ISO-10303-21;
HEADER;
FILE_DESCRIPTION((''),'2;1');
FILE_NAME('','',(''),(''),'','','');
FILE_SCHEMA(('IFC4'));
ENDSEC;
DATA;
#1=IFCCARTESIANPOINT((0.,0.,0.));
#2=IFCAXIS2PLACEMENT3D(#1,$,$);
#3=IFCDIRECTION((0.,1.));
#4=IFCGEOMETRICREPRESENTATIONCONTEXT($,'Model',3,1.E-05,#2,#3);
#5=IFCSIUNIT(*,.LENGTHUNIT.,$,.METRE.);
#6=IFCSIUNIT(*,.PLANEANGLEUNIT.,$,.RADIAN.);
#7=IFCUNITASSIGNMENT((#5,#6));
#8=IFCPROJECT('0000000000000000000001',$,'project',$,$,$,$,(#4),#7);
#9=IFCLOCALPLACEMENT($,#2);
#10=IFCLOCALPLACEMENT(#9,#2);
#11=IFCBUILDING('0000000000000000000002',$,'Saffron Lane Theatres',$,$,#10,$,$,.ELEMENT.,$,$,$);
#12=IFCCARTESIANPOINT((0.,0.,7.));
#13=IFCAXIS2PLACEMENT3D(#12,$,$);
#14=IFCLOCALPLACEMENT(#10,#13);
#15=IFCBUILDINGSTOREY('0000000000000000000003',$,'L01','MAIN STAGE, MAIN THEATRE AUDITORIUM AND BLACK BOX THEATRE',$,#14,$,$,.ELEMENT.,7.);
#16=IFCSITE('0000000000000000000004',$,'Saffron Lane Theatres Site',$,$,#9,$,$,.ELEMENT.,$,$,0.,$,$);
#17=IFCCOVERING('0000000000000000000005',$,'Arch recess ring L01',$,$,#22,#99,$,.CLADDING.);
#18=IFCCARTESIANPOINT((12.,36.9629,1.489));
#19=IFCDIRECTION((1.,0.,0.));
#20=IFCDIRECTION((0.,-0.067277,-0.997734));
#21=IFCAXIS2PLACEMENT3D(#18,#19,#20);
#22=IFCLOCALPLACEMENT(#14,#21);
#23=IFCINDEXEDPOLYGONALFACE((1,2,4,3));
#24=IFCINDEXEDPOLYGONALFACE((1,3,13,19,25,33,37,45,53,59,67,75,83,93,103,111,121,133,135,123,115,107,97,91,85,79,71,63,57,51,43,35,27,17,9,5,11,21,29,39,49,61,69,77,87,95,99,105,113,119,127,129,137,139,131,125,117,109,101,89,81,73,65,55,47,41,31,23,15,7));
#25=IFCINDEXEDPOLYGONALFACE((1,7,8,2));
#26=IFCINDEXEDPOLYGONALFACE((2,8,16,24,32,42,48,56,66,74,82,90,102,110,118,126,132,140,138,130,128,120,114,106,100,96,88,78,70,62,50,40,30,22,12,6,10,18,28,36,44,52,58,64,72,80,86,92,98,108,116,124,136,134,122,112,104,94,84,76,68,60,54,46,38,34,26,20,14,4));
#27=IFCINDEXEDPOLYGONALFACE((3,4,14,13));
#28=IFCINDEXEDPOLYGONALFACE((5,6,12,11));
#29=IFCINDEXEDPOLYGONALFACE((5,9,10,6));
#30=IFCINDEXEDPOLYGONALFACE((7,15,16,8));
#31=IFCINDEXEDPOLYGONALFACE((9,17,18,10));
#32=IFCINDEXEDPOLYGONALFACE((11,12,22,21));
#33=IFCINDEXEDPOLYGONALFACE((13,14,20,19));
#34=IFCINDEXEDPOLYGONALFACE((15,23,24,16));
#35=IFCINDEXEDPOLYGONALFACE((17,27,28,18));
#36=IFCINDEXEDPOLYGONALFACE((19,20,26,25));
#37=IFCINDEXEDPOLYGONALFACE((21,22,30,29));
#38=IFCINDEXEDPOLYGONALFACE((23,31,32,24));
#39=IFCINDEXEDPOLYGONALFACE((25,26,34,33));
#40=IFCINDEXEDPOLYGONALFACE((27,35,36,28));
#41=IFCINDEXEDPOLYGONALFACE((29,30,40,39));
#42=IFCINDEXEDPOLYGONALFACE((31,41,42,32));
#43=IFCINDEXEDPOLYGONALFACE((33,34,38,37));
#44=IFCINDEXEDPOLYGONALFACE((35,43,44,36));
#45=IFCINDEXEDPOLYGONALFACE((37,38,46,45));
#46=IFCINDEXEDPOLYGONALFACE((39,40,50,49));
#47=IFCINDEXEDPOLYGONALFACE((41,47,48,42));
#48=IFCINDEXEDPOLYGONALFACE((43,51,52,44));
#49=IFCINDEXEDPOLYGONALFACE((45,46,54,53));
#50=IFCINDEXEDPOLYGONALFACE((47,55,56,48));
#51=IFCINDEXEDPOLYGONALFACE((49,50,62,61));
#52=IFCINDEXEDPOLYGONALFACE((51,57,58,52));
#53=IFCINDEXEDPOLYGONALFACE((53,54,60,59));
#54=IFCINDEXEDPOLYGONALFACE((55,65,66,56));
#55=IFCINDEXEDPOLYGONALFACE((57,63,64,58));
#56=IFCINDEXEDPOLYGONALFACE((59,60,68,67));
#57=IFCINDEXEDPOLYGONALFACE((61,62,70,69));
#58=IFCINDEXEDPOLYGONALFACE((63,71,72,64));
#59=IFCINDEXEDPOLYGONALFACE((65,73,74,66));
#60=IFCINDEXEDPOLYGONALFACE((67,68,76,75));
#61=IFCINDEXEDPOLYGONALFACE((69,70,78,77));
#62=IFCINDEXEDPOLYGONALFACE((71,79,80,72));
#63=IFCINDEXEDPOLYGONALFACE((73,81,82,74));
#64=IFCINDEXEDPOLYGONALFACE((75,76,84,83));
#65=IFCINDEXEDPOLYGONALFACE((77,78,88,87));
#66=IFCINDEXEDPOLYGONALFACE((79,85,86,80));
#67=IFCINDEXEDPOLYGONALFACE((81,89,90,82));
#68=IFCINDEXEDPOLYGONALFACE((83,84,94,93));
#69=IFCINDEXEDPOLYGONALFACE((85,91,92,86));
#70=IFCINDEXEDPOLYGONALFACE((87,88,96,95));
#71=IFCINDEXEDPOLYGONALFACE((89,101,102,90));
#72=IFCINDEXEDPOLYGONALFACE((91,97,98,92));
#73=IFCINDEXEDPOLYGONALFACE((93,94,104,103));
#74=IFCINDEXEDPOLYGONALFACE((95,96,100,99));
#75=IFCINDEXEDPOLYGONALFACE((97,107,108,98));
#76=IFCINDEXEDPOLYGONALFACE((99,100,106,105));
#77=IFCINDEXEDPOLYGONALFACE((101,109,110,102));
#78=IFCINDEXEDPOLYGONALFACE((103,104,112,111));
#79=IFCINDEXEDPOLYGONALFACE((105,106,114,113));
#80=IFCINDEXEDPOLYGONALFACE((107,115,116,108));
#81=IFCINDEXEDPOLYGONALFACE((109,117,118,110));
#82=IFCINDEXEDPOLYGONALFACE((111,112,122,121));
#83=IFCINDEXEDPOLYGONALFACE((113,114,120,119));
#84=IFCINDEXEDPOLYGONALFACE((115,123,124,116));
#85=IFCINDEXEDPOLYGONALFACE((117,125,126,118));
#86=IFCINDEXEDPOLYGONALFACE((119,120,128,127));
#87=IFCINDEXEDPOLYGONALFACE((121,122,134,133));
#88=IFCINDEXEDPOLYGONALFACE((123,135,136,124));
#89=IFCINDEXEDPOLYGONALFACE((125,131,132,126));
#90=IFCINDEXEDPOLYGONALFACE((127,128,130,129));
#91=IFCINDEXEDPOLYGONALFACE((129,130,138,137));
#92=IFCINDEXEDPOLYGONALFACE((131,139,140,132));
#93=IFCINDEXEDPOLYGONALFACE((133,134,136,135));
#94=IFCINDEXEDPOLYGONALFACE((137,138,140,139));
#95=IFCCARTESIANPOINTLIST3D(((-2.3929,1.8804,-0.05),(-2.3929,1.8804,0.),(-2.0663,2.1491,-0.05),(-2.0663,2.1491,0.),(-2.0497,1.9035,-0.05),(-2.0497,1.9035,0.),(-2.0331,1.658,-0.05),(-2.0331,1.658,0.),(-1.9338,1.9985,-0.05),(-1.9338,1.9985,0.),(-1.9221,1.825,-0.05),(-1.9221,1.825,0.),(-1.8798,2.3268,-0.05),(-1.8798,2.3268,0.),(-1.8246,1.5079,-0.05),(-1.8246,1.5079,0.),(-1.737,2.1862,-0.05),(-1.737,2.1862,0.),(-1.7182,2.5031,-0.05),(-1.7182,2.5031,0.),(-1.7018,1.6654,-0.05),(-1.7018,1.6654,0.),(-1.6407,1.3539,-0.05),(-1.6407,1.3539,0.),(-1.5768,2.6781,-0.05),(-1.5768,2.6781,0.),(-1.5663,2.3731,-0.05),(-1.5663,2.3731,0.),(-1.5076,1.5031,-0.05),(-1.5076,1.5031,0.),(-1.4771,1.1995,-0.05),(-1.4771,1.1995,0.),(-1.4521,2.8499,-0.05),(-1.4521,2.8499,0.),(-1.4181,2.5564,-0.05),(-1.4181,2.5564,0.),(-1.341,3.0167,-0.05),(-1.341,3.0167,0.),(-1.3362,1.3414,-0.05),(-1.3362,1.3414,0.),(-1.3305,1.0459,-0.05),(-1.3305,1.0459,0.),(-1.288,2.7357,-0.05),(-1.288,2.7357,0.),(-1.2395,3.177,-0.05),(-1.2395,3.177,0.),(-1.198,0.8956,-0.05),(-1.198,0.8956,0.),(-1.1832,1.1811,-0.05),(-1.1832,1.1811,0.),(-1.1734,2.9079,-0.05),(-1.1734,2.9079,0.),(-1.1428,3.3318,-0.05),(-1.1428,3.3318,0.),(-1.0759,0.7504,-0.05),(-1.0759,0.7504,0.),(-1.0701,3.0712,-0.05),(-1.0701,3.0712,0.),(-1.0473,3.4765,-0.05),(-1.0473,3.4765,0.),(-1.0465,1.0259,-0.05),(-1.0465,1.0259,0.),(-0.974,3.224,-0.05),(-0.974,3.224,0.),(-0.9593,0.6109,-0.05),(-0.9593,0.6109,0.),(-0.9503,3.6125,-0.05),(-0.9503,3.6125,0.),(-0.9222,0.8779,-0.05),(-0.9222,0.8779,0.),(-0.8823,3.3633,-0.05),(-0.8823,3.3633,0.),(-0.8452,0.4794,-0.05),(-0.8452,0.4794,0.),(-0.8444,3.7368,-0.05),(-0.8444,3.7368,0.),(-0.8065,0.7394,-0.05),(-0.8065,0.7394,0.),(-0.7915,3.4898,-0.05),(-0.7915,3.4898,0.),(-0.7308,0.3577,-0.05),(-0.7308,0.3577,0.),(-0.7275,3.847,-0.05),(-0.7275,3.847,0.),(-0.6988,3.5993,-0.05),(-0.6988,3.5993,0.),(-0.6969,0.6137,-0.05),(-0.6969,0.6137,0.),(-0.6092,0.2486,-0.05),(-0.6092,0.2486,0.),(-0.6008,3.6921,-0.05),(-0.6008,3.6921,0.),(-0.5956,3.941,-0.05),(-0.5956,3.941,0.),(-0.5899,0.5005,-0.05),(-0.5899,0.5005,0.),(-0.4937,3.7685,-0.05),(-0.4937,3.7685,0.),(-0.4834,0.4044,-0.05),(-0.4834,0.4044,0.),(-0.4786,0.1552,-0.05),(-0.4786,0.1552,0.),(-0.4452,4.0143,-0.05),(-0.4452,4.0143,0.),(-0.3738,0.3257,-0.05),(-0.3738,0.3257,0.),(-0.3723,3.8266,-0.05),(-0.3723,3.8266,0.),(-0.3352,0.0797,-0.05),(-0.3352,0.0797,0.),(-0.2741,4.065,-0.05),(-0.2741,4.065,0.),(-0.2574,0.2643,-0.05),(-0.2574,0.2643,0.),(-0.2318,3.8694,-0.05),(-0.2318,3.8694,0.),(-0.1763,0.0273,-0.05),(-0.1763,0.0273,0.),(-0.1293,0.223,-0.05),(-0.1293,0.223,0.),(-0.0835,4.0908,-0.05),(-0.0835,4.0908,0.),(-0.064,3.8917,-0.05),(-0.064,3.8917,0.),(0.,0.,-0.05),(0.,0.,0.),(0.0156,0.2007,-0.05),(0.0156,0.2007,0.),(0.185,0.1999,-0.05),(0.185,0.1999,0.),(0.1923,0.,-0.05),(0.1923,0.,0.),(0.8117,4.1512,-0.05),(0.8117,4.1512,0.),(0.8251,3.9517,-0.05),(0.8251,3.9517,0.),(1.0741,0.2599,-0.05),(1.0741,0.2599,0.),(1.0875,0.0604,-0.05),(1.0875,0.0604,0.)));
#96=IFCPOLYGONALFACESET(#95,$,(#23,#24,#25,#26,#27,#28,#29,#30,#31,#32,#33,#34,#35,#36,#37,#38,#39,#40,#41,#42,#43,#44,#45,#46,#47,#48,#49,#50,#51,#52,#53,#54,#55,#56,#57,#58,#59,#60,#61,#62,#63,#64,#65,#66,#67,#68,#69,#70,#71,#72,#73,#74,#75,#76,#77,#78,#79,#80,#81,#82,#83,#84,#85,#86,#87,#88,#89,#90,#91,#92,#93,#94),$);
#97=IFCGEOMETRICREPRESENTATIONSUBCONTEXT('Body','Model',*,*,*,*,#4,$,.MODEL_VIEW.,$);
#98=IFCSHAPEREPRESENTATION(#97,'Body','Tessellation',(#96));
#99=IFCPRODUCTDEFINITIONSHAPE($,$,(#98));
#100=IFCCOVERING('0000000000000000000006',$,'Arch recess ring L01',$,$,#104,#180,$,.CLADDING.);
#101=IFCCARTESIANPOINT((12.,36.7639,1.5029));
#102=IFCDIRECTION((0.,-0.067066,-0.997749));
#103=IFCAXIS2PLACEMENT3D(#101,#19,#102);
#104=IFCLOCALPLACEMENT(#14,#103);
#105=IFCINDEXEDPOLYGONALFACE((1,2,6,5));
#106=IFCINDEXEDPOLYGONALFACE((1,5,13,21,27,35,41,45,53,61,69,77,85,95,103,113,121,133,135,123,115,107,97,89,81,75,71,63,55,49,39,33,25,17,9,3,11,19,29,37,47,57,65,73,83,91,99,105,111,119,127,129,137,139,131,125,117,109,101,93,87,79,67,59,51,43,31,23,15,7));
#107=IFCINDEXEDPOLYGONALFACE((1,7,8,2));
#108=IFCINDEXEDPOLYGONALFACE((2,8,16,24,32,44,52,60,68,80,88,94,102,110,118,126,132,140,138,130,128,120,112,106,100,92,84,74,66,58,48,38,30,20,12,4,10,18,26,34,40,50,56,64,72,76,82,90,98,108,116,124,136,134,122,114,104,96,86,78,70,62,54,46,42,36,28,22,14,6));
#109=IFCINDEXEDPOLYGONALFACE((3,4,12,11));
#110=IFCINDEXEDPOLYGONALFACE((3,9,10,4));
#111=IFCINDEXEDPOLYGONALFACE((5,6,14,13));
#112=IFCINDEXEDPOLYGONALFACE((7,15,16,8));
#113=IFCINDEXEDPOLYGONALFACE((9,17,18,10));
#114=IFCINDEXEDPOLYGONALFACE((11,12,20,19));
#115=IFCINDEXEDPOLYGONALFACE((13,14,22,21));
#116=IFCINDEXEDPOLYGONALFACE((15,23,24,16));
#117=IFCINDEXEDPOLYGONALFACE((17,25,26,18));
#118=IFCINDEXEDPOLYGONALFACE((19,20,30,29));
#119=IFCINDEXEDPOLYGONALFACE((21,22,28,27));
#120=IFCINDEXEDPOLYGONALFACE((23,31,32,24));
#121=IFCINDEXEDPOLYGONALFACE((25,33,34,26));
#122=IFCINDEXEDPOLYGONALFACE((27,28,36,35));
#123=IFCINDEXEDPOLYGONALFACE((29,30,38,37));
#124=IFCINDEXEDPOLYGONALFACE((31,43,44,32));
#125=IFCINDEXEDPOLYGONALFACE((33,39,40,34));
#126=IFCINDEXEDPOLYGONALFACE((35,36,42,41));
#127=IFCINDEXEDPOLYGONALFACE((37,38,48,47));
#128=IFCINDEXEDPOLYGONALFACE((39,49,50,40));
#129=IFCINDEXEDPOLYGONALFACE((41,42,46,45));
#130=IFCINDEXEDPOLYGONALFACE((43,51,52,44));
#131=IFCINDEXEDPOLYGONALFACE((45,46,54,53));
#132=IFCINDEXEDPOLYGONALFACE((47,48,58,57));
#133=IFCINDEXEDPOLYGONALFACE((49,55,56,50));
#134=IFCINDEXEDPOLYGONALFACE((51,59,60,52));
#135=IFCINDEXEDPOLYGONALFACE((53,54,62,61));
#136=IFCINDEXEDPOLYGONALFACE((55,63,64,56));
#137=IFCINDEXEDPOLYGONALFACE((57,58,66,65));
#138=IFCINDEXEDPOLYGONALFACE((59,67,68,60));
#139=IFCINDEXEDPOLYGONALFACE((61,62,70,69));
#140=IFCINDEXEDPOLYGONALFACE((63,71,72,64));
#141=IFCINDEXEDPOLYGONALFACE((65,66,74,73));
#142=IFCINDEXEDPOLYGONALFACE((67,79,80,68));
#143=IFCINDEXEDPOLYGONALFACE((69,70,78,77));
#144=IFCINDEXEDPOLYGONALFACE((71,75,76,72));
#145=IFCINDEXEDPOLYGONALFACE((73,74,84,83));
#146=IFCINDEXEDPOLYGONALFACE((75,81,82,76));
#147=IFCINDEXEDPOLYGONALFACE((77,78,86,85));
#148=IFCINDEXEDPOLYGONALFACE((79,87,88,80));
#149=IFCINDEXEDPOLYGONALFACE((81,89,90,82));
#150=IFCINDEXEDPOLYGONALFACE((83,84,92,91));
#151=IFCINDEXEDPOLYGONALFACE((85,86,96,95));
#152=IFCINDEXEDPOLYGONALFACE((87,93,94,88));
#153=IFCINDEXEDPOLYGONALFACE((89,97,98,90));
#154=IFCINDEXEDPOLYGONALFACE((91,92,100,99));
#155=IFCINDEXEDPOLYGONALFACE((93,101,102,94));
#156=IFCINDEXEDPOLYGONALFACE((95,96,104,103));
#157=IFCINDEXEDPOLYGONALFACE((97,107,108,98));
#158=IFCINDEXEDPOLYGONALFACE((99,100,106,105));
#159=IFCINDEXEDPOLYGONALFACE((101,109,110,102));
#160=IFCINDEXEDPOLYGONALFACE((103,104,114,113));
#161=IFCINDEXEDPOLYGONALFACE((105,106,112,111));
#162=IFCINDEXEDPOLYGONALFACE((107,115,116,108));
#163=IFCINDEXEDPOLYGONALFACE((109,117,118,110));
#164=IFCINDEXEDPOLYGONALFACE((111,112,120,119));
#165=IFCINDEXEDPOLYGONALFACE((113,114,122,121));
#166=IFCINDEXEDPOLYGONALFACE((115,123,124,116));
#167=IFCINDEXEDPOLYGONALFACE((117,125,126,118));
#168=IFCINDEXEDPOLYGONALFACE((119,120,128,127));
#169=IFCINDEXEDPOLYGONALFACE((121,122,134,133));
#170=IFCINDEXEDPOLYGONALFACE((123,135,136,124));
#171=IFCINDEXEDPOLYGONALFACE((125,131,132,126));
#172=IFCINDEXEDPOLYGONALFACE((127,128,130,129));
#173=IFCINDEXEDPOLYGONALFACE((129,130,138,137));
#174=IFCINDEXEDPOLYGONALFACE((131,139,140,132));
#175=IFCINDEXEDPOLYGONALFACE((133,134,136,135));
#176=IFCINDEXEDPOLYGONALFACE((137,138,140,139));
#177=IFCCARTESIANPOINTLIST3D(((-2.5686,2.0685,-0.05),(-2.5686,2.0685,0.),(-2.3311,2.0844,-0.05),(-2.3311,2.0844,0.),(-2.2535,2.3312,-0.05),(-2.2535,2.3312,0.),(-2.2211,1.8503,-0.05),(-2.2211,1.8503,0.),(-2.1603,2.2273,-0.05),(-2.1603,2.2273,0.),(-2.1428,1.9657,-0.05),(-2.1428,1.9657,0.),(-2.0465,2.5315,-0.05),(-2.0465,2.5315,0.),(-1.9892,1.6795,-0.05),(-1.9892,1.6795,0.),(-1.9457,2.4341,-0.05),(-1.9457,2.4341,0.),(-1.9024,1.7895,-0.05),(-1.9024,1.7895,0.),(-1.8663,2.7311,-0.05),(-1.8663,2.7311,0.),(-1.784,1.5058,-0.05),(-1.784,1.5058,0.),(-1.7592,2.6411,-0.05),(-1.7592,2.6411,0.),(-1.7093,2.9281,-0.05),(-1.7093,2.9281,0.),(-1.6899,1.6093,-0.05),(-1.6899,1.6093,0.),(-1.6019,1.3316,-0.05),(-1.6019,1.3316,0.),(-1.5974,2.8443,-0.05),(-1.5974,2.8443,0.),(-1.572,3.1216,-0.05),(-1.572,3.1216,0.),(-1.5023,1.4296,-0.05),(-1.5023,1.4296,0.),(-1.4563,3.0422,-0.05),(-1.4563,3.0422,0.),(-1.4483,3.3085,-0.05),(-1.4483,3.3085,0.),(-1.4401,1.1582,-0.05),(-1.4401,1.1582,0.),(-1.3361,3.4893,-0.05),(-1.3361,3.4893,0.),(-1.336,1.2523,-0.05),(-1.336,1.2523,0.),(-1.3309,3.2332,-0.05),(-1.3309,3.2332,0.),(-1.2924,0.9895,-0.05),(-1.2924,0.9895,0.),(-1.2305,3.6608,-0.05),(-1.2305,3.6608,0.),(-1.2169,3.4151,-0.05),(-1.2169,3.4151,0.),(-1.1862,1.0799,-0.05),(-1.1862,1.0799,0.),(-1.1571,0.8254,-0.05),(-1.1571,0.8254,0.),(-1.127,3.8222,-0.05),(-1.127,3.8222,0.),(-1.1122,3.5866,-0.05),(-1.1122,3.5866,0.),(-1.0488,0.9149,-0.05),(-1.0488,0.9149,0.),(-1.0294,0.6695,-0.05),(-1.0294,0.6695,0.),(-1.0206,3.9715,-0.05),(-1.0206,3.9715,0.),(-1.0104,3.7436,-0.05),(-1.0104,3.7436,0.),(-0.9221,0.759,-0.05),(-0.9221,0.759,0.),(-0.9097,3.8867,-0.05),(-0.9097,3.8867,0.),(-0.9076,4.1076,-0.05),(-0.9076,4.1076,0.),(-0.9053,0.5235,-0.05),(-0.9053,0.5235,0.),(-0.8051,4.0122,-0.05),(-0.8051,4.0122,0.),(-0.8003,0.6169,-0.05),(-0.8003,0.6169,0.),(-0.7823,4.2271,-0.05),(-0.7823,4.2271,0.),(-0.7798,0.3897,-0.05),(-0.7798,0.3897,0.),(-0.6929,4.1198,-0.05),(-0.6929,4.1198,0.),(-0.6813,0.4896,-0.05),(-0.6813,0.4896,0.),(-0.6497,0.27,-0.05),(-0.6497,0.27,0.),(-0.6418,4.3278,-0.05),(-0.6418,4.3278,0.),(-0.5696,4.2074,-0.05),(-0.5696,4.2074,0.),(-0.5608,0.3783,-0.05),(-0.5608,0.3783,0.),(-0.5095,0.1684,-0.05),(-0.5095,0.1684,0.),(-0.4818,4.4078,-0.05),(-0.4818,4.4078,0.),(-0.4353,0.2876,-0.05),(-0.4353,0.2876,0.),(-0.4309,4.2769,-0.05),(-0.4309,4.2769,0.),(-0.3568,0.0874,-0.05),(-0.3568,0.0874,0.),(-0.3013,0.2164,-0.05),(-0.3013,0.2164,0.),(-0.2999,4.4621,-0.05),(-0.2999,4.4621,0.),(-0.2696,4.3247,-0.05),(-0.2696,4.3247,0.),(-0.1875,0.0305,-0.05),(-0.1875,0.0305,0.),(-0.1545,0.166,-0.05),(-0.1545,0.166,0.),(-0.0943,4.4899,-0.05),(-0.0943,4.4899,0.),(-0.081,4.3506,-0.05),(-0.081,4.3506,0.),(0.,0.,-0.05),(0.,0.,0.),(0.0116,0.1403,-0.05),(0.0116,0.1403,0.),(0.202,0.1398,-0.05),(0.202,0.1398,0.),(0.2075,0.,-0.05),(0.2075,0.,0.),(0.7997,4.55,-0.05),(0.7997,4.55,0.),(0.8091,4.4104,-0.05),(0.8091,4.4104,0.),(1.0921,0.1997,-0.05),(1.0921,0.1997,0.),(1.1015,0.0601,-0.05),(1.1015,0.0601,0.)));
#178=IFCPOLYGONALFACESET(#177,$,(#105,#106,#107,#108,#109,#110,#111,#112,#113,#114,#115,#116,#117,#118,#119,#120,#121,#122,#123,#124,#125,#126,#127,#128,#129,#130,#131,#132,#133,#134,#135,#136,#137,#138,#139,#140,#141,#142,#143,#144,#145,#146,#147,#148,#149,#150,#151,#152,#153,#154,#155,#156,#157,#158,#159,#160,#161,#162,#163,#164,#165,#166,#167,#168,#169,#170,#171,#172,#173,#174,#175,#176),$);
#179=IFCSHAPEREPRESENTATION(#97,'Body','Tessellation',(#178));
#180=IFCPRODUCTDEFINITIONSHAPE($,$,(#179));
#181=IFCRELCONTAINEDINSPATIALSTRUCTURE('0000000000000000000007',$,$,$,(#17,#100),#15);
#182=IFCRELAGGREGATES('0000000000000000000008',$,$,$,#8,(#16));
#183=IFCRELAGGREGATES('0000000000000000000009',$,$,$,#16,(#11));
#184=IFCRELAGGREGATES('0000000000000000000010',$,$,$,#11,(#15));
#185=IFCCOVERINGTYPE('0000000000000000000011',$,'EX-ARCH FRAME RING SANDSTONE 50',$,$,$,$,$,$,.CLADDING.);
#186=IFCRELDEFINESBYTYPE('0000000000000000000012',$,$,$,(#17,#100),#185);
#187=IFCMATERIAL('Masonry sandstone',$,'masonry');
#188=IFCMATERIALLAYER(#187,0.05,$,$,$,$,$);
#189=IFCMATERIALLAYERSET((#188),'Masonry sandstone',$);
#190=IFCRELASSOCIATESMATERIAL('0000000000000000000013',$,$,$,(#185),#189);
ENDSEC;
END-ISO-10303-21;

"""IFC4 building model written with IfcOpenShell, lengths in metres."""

from ifc_helpers import new_model, si_unit, direction, frame, origin, place, context, subcontext, project, spatial, polyline, outline, extrude, material, layer, layer_set, type_object, element, save


model = new_model("IFC4")

# Units and contexts
model_context = context("Model", 3, precision=1e-05, world=origin(), true_north=direction((0.0, 1.0)))
body_context = subcontext(model_context, "Body", "Model", "MODEL_VIEW")
ifc_project = project(units=[si_unit("LENGTHUNIT", "METRE"), si_unit("PLANEANGLEUNIT", "RADIAN")], contexts=[model_context])

# Site, building, storey
site_placement = place(None, origin())
site = spatial("IfcSite", under=ifc_project, at=site_placement, Name="Saffron Lane Theatres Site", CompositionType="ELEMENT", RefElevation=0.0)
building_placement = place(site_placement, origin())
building = spatial("IfcBuilding", under=site, at=building_placement, Name="Saffron Lane Theatres", CompositionType="ELEMENT")
storey_placement = place(building_placement, frame((0.0, 0.0, 7.0)))
storey = spatial("IfcBuildingStorey", under=building, at=storey_placement, Name="L01", Description="MAIN STAGE, MAIN THEATRE AUDITORIUM AND BLACK BOX THEATRE", CompositionType="ELEMENT", Elevation=7.0)

# Coverings
ifc_material_1 = material(Name="Masonry sandstone", Category="masonry")
ifc_layer_1 = layer(ifc_material_1, 0.05)
ifc_layer_set_1 = layer_set([ifc_layer_1], Name="Masonry sandstone")
covering_type_1 = type_object("IfcCoveringType", Name="EX-ARCH FRAME RING SANDSTONE 50", PredefinedType="CLADDING", material=ifc_layer_set_1)
covering_1_placement = place(storey_placement, frame((12.0, 36.9629, 1.489), z_axis=(1.0, 0.0, 0.0), x_axis=(0.0, -0.067277, -0.997734)))
element("IfcCovering", 1, at=covering_1_placement, inside=storey, type_object=covering_type_1, Name="Arch recess ring L01", PredefinedType="CLADDING", context=body_context, shape_type="SweptSolid", body=[
    extrude(outline(polyline([(0.0, 0.0), (0.1923, 0.0), (1.0875, 0.0604), (1.0741, 0.2599), (0.185, 0.1999), (0.0156, 0.2007), (-0.1293, 0.223), (-0.2574, 0.2643), (-0.3738, 0.3257), (-0.4834, 0.4044), (-0.5899, 0.5005), (-0.6969, 0.6137), (-0.8065, 0.7394), (-0.9222, 0.8779), (-1.0465, 1.0259), (-1.1832, 1.1811), (-1.3362, 1.3414), (-1.5076, 1.5031), (-1.7018, 1.6654), (-1.9221, 1.825), (-2.0497, 1.9035), (-1.9338, 1.9985), (-1.737, 2.1862), (-1.5663, 2.3731), (-1.4181, 2.5564), (-1.288, 2.7357), (-1.1734, 2.9079), (-1.0701, 3.0712), (-0.974, 3.224), (-0.8823, 3.3633), (-0.7915, 3.4898), (-0.6988, 3.5993), (-0.6008, 3.6921), (-0.4937, 3.7685), (-0.3723, 3.8266), (-0.2318, 3.8694), (-0.064, 3.8917), (0.8251, 3.9517), (0.8117, 4.1512), (-0.0835, 4.0908), (-0.2741, 4.065), (-0.4452, 4.0143), (-0.5956, 3.941), (-0.7275, 3.847), (-0.8444, 3.7368), (-0.9503, 3.6125), (-1.0473, 3.4765), (-1.1428, 3.3318), (-1.2395, 3.177), (-1.341, 3.0167), (-1.4521, 2.8499), (-1.5768, 2.6781), (-1.7182, 2.5031), (-1.8798, 2.3268), (-2.0663, 2.1491), (-2.3929, 1.8804), (-2.0331, 1.658), (-1.8246, 1.5079), (-1.6407, 1.3539), (-1.4771, 1.1995), (-1.3305, 1.0459), (-1.198, 0.8956), (-1.0759, 0.7504), (-0.9593, 0.6109), (-0.8452, 0.4794), (-0.7308, 0.3577), (-0.6092, 0.2486), (-0.4786, 0.1552), (-0.3352, 0.0797), (-0.1763, 0.0273), (0.0, 0.0)])), origin(), (0.0, 0.0, -1.0), 0.05),
])
covering_2_placement = place(storey_placement, frame((12.0, 36.7639, 1.5029), z_axis=(1.0, 0.0, 0.0), x_axis=(0.0, -0.067066, -0.997749)))
element("IfcCovering", 2, at=covering_2_placement, inside=storey, type_object=covering_type_1, Name="Arch recess ring L01", PredefinedType="CLADDING", context=body_context, shape_type="SweptSolid", body=[
    extrude(outline(polyline([(0.0, 0.0), (0.2075, 0.0), (1.1015, 0.0601), (1.0921, 0.1997), (0.202, 0.1398), (0.0116, 0.1403), (-0.1545, 0.166), (-0.3013, 0.2164), (-0.4353, 0.2876), (-0.5608, 0.3783), (-0.6813, 0.4896), (-0.8003, 0.6169), (-0.9221, 0.759), (-1.0488, 0.9149), (-1.1862, 1.0799), (-1.336, 1.2523), (-1.5023, 1.4296), (-1.6899, 1.6093), (-1.9024, 1.7895), (-2.1428, 1.9657), (-2.3311, 2.0844), (-2.1603, 2.2273), (-1.9457, 2.4341), (-1.7592, 2.6411), (-1.5974, 2.8443), (-1.4563, 3.0422), (-1.3309, 3.2332), (-1.2169, 3.4151), (-1.1122, 3.5866), (-1.0104, 3.7436), (-0.9097, 3.8867), (-0.8051, 4.0122), (-0.6929, 4.1198), (-0.5696, 4.2074), (-0.4309, 4.2769), (-0.2696, 4.3247), (-0.081, 4.3506), (0.8091, 4.4104), (0.7997, 4.55), (-0.0943, 4.4899), (-0.2999, 4.4621), (-0.4818, 4.4078), (-0.6418, 4.3278), (-0.7823, 4.2271), (-0.9076, 4.1076), (-1.0206, 3.9715), (-1.127, 3.8222), (-1.2305, 3.6608), (-1.3361, 3.4893), (-1.4483, 3.3085), (-1.572, 3.1216), (-1.7093, 2.9281), (-1.8663, 2.7311), (-2.0465, 2.5315), (-2.2535, 2.3312), (-2.5686, 2.0685), (-2.2211, 1.8503), (-1.9892, 1.6795), (-1.784, 1.5058), (-1.6019, 1.3316), (-1.4401, 1.1582), (-1.2924, 0.9895), (-1.1571, 0.8254), (-1.0294, 0.6695), (-0.9053, 0.5235), (-0.7798, 0.3897), (-0.6497, 0.27), (-0.5095, 0.1684), (-0.3568, 0.0874), (-0.1875, 0.0305), (0.0, 0.0)])), origin(), (0.0, 0.0, -1.0), 0.05),
])

save(model, "model.ifc")
